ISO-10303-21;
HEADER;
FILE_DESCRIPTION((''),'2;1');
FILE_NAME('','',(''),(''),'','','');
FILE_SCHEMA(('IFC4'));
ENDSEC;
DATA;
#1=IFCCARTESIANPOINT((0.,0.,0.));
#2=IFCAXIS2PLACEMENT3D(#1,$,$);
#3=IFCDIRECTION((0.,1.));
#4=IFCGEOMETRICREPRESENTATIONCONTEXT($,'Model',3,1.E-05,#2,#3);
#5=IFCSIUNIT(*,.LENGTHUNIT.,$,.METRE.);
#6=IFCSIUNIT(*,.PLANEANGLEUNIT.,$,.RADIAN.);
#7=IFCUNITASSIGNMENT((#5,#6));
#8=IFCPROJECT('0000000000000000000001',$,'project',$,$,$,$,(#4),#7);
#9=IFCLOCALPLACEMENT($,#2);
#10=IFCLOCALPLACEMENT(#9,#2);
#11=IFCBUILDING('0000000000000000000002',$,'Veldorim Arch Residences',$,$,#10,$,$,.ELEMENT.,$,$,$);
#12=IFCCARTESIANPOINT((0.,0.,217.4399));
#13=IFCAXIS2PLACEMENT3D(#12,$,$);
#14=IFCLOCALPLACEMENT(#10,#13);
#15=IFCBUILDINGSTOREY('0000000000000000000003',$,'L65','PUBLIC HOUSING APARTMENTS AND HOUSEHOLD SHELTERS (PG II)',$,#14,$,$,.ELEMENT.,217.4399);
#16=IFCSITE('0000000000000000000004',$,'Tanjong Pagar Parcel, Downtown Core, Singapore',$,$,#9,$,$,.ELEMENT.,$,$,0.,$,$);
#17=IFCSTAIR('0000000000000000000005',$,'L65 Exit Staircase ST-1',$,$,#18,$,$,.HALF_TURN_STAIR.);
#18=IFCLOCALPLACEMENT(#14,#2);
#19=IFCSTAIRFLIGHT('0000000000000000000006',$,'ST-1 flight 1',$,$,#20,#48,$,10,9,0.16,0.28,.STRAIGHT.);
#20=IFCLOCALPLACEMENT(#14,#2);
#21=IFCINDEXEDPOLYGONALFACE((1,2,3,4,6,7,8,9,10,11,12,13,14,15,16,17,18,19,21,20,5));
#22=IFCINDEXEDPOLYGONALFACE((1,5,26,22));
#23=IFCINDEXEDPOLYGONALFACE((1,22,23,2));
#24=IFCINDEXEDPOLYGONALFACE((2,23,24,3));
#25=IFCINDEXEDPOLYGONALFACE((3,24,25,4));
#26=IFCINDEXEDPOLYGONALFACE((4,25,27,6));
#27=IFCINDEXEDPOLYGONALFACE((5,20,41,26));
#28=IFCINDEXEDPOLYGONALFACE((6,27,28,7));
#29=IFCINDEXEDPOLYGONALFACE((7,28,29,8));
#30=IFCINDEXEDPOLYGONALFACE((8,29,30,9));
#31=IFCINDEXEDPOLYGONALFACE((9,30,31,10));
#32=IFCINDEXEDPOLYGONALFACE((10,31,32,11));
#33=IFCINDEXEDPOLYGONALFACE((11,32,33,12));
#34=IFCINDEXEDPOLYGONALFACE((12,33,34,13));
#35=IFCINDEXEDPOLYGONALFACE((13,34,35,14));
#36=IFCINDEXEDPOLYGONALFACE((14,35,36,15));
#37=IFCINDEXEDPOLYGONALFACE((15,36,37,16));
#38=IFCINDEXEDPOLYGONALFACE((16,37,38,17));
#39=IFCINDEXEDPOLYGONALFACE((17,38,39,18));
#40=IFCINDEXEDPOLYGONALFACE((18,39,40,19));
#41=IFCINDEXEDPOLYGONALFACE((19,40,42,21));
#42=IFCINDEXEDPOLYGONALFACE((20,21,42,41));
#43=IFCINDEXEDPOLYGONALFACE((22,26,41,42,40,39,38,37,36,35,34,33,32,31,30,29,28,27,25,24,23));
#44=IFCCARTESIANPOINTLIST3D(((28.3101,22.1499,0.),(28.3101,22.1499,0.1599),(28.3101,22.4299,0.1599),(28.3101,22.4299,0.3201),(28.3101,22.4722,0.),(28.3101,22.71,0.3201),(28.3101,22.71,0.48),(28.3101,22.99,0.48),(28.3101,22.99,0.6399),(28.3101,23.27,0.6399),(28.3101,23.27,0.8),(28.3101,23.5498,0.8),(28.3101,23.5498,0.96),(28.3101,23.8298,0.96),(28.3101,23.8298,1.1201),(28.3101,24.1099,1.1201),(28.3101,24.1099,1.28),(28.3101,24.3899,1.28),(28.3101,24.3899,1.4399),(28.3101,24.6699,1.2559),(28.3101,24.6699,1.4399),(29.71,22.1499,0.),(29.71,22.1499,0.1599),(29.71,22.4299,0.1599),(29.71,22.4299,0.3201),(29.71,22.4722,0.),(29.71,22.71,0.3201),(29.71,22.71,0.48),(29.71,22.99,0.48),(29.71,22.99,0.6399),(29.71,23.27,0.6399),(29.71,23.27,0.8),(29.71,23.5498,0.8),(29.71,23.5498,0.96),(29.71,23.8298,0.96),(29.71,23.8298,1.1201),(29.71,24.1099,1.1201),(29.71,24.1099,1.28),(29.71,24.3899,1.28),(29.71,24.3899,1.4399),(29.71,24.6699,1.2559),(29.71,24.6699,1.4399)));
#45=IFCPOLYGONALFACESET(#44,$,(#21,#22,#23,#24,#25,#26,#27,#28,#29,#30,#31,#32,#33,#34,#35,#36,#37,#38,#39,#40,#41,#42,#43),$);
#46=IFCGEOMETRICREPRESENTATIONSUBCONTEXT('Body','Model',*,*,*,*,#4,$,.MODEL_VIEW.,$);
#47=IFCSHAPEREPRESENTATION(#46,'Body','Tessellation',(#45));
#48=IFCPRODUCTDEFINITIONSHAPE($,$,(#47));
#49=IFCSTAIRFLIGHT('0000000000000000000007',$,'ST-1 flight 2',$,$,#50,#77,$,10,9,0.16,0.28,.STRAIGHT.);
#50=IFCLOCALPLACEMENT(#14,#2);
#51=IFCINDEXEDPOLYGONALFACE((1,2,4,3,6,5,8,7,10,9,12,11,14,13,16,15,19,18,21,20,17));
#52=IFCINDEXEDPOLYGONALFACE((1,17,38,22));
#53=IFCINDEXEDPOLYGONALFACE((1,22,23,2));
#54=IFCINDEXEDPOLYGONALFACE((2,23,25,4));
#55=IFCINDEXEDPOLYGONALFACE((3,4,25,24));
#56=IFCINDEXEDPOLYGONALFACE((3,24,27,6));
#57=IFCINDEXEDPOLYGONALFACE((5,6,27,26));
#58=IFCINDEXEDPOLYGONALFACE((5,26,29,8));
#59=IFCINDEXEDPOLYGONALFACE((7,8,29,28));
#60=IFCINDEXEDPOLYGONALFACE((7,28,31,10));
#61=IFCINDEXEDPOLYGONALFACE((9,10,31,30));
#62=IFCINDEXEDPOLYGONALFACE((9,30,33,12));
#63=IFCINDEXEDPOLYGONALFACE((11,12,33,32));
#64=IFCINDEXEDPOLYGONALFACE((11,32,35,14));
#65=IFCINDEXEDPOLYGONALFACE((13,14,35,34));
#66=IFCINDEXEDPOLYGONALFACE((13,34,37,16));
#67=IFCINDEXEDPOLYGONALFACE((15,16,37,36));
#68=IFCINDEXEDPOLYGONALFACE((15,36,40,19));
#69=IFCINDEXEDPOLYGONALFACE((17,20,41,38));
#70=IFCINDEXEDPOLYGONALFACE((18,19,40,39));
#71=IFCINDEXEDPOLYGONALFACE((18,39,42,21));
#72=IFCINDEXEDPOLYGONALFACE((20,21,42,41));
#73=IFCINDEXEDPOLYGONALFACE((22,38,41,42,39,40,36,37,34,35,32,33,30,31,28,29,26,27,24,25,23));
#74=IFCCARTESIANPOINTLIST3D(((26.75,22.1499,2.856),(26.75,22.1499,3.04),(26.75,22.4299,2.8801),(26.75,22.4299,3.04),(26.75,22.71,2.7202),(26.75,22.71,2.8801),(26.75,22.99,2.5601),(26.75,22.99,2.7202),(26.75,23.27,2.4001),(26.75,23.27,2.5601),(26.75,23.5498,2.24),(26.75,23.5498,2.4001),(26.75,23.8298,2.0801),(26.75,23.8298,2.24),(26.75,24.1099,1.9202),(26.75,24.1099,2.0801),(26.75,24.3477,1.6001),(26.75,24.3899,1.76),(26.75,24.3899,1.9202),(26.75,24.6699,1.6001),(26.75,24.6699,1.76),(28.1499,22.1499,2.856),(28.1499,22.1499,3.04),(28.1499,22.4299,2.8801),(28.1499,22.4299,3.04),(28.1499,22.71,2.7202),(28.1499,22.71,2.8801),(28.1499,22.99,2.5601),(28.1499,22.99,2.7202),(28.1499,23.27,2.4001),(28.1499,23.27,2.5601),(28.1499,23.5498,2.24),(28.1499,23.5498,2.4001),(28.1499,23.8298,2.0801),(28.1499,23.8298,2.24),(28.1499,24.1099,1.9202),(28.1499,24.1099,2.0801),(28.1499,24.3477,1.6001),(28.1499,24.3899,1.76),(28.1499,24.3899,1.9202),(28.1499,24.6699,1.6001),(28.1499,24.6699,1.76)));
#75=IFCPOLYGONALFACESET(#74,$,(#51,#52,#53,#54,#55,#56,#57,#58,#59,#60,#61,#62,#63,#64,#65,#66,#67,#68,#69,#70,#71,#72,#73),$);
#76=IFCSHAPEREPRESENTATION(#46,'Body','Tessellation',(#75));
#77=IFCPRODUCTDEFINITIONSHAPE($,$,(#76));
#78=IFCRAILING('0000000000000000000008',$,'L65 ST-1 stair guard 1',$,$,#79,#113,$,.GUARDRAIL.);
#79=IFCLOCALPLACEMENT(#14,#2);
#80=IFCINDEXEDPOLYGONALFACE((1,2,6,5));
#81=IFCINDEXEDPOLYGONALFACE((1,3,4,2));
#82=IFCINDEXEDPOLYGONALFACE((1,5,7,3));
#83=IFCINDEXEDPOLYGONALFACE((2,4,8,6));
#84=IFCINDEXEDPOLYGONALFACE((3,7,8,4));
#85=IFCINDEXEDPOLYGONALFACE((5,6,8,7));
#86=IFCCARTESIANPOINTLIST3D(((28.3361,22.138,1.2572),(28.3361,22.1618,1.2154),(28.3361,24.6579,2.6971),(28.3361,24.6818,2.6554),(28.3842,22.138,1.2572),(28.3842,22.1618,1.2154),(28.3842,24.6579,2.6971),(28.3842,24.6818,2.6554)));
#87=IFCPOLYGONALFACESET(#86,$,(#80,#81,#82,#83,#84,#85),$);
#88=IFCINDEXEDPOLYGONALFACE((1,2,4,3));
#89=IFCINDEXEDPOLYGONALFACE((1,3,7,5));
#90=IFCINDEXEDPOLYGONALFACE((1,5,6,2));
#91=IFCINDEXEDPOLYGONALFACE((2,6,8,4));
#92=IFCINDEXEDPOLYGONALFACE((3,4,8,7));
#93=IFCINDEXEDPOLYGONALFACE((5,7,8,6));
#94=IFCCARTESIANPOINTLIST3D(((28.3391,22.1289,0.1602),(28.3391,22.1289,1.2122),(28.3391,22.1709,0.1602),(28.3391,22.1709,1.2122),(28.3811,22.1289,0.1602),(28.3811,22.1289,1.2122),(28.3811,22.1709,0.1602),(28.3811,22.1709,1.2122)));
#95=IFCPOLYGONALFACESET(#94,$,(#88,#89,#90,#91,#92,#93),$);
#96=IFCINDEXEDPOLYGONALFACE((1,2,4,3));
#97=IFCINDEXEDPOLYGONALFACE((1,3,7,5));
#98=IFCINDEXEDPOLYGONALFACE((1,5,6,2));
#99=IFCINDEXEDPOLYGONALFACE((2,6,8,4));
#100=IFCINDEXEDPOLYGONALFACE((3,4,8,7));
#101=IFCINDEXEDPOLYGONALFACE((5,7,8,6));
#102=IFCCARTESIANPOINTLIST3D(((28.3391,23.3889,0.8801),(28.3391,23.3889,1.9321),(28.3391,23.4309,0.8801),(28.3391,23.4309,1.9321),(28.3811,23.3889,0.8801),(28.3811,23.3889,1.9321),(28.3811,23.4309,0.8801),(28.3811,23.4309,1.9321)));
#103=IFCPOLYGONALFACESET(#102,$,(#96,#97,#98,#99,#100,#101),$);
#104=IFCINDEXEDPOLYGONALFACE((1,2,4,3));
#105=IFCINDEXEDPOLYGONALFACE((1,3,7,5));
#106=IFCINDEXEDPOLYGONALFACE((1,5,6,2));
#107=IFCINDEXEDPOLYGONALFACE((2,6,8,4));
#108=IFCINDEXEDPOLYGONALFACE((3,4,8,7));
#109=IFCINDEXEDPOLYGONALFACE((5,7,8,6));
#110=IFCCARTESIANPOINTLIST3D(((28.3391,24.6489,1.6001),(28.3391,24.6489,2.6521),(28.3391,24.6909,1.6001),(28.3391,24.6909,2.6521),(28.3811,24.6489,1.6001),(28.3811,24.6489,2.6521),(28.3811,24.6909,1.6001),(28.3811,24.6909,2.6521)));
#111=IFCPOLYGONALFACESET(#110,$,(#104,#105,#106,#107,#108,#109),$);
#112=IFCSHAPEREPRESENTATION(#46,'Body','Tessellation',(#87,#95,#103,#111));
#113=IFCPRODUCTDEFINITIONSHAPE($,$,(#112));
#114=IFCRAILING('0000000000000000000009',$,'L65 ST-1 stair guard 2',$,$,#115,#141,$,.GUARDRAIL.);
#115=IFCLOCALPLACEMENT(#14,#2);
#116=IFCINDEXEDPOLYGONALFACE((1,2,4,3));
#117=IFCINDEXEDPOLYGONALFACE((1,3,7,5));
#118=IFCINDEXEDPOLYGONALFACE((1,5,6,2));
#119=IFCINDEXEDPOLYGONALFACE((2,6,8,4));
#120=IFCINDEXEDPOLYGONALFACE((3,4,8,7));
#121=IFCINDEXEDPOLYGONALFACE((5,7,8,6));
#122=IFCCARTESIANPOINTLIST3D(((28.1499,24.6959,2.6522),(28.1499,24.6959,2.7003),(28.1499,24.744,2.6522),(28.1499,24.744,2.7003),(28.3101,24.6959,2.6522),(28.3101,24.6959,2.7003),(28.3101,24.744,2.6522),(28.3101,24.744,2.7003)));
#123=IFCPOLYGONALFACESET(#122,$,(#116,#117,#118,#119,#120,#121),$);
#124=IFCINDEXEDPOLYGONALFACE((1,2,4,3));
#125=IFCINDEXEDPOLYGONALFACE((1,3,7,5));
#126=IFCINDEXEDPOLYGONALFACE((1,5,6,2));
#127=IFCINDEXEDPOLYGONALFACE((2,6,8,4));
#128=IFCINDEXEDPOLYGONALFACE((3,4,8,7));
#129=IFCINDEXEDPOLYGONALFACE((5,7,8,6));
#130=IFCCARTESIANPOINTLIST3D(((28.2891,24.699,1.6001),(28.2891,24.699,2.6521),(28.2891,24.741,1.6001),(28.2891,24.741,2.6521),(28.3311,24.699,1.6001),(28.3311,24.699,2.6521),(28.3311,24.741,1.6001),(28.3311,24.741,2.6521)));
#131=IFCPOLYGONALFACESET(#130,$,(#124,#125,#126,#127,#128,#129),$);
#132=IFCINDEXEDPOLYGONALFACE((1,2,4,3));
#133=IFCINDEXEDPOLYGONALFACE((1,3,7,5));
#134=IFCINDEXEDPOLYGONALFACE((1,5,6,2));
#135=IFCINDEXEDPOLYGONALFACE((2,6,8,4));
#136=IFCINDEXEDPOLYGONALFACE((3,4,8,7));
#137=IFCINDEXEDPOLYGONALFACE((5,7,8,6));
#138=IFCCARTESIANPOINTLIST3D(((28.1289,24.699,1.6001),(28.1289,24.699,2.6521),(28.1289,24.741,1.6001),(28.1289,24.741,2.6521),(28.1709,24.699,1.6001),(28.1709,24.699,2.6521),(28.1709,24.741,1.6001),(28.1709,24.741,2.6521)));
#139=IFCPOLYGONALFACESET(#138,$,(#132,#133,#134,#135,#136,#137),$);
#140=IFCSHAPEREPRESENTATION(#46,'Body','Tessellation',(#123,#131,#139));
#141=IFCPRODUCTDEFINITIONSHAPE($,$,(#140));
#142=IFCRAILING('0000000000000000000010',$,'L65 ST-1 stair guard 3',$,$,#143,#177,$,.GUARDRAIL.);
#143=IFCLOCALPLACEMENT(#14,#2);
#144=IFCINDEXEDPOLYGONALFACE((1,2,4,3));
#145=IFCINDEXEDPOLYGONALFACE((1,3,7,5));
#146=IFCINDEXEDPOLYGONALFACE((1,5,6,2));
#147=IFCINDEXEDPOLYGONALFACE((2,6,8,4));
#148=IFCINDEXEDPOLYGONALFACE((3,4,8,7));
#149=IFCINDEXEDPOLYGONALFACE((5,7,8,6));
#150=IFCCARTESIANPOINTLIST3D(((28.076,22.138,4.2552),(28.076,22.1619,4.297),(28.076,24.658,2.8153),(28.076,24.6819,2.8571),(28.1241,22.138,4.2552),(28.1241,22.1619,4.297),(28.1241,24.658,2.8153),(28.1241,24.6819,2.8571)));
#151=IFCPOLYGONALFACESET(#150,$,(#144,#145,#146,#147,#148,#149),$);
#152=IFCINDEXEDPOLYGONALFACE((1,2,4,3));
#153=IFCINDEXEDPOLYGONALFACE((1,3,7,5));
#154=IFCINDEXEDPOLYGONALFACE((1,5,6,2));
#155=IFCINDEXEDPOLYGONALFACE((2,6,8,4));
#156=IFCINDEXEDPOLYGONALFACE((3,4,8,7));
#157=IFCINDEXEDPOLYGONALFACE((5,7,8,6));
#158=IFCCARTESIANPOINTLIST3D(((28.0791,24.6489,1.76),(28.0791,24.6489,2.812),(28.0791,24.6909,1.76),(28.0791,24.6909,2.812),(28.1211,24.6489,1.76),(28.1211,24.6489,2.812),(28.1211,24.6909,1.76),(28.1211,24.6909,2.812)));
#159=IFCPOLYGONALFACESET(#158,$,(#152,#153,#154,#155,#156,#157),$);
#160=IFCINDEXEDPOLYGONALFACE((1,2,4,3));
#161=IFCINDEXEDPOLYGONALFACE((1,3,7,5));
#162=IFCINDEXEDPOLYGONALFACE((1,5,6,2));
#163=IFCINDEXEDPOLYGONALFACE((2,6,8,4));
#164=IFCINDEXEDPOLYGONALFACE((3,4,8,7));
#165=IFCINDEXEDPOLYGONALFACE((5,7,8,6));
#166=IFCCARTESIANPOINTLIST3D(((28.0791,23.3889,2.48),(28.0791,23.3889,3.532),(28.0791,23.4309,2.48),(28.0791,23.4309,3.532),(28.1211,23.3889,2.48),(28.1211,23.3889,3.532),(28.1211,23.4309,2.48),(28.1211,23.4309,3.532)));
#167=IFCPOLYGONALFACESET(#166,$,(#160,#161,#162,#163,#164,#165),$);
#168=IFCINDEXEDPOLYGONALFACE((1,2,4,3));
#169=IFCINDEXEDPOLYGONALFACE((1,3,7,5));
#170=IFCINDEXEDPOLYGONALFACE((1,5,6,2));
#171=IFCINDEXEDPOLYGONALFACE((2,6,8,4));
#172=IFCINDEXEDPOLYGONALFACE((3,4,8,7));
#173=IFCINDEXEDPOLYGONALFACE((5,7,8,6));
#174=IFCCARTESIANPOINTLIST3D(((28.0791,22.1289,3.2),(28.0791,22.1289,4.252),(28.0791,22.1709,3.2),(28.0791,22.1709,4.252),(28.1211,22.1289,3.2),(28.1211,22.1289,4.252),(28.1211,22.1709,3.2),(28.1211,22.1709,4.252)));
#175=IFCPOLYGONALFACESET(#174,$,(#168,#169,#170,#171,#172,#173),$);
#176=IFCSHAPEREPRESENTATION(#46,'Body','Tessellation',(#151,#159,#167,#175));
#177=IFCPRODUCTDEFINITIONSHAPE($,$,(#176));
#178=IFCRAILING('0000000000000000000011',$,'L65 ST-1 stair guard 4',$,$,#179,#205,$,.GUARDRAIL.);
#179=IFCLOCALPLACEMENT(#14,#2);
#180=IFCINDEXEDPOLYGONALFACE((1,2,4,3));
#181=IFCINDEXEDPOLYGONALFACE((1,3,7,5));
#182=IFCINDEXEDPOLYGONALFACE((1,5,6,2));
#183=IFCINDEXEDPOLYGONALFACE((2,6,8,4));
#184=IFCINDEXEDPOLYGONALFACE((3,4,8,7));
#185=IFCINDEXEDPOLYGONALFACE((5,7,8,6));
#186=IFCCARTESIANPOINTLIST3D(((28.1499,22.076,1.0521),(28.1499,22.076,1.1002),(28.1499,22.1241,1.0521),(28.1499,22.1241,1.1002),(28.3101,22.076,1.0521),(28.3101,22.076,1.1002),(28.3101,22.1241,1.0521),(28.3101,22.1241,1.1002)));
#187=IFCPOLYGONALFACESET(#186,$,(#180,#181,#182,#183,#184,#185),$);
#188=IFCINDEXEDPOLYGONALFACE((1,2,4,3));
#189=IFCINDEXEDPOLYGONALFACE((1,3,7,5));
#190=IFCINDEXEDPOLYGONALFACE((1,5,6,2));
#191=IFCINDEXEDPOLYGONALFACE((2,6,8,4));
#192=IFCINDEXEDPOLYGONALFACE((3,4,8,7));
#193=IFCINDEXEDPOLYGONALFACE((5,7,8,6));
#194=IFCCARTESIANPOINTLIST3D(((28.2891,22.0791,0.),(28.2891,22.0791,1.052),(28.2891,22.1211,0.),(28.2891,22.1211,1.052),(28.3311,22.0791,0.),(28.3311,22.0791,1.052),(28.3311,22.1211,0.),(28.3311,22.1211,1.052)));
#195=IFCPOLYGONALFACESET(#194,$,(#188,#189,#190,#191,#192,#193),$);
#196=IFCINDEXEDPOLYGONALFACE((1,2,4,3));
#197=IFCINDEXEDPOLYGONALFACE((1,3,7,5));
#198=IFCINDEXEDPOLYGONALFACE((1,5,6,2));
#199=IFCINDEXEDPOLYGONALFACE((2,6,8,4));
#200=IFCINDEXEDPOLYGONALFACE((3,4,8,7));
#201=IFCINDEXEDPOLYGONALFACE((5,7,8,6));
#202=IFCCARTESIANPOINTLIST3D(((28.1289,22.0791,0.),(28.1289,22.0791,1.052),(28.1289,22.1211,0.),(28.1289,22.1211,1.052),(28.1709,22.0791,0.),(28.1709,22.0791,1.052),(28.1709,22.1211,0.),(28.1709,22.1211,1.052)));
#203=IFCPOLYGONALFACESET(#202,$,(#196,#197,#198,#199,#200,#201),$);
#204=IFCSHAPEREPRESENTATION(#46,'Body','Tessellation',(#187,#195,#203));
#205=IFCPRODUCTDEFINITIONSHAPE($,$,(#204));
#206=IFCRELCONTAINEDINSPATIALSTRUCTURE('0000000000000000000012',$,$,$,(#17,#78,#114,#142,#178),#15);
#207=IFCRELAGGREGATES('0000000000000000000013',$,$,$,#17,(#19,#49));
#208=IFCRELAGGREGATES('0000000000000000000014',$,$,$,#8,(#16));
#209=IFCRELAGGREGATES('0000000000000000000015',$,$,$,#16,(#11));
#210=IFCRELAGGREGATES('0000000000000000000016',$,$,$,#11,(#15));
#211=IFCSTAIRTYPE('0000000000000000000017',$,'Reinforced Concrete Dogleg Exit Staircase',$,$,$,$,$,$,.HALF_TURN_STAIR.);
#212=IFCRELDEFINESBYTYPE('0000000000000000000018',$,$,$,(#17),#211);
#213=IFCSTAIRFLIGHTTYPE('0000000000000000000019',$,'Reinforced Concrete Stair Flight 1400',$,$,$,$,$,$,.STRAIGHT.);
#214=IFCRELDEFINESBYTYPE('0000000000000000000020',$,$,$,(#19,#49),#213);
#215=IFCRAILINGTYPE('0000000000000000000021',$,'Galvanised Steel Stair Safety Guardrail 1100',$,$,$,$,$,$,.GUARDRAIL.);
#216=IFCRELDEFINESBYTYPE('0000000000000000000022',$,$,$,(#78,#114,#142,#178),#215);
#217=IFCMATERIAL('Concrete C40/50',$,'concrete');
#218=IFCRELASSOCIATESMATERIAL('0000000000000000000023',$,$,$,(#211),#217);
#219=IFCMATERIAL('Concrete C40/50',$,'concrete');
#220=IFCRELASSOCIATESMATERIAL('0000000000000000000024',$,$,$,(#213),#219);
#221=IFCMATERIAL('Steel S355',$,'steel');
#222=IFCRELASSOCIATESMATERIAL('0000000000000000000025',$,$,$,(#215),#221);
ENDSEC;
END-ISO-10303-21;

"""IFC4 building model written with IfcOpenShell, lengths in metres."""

from ifc_helpers import new_model, si_unit, direction, frame, origin, origin_2d, place, context, subcontext, project, spatial, polyline, rectangle, outline, extrude, material, type_object, element, aggregate, save


model = new_model("IFC4")

# Units and contexts
model_context = context("Model", 3, precision=1e-05, world=origin(), true_north=direction((0.0, 1.0)))
body_context = subcontext(model_context, "Body", "Model", "MODEL_VIEW")
ifc_project = project(units=[si_unit("LENGTHUNIT", "METRE"), si_unit("PLANEANGLEUNIT", "RADIAN")], contexts=[model_context])

# Site, building, storey
site_placement = place(None, origin())
site = spatial("IfcSite", under=ifc_project, at=site_placement, Name="Tanjong Pagar Parcel, Downtown Core, Singapore", CompositionType="ELEMENT", RefElevation=0.0)
building_placement = place(site_placement, origin())
building = spatial("IfcBuilding", under=site, at=building_placement, Name="Veldorim Arch Residences", CompositionType="ELEMENT")
storey_placement = place(building_placement, frame((0.0, 0.0, 217.4399)))
storey = spatial("IfcBuildingStorey", under=building, at=storey_placement, Name="L65", Description="PUBLIC HOUSING APARTMENTS AND HOUSEHOLD SHELTERS (PG II)", CompositionType="ELEMENT", Elevation=217.4399)

# Stair, stair flights
ifc_material_1 = material(Name="Concrete C40/50", Category="concrete")
stair_type = type_object("IfcStairType", Name="Reinforced Concrete Dogleg Exit Staircase", PredefinedType="HALF_TURN_STAIR", material=ifc_material_1)
stair_placement = place(storey_placement, origin())
stair = element("IfcStair", 1, at=stair_placement, inside=storey, type_object=stair_type, Name="L65 Exit Staircase ST-1", PredefinedType="HALF_TURN_STAIR")
ifc_material_2 = material(Name="Concrete C40/50", Category="concrete")
stair_flight_type = type_object("IfcStairFlightType", Name="Reinforced Concrete Stair Flight 1400", PredefinedType="STRAIGHT", material=ifc_material_2)
stair_flight_1_placement = place(storey_placement, frame((29.01, 22.1499, 0.0), z_axis=(0.0, 0.0, 1.0), x_axis=(0.0, 1.0, 0.0)))
stair_flight_1 = element("IfcStairFlight", 2, at=stair_flight_1_placement, type_object=stair_flight_type, Name="ST-1 flight 1", NumberOfRisers=10, NumberOfTreads=9, PredefinedType="STRAIGHT", RiserHeight=0.16, TreadLength=0.28, context=body_context, shape_type="SweptSolid", body=[
    extrude(outline(polyline([(0.0, 0.0), (0.0, 0.1599), (0.28, 0.1599), (0.28, 0.3201), (0.5601, 0.3201), (0.5601, 0.48), (0.8401, 0.48), (0.8401, 0.6399), (1.1201, 0.6399), (1.1201, 0.8), (1.3999, 0.8), (1.3999, 0.96), (1.6799, 0.96), (1.6799, 1.1201), (1.96, 1.1201), (1.96, 1.28), (2.24, 1.28), (2.24, 1.4399), (2.52, 1.4399), (2.52, 1.6001), (2.52, 1.2559), (0.3223, 0.0), (0.0, 0.0)])), frame((0.0, 0.7, 0.0), z_axis=(0.0, -1.0, 0.0), x_axis=(1.0, 0.0, 0.0)), (0.0, 0.0, 1.0), 1.3999),
])
stair_flight_2_placement = place(storey_placement, frame((27.45, 24.6699, 1.6001), z_axis=(0.0, 0.0, 1.0), x_axis=(0.0, -1.0, 0.0)))
stair_flight_2 = element("IfcStairFlight", 3, at=stair_flight_2_placement, type_object=stair_flight_type, Name="ST-1 flight 2", NumberOfRisers=10, NumberOfTreads=9, PredefinedType="STRAIGHT", RiserHeight=0.16, TreadLength=0.28, context=body_context, shape_type="SweptSolid", body=[
    extrude(outline(polyline([(0.0, 0.0), (0.0, 0.1599), (0.28, 0.1599), (0.28, 0.3201), (0.5601, 0.3201), (0.5601, 0.48), (0.8401, 0.48), (0.8401, 0.6399), (1.1201, 0.6399), (1.1201, 0.8), (1.3999, 0.8), (1.3999, 0.96), (1.6799, 0.96), (1.6799, 1.1201), (1.96, 1.1201), (1.96, 1.28), (2.24, 1.28), (2.24, 1.4399), (2.52, 1.4399), (2.52, 1.6001), (2.52, 1.2559), (0.3223, 0.0), (0.0, 0.0)])), frame((0.0, 0.7, 0.0), z_axis=(0.0, -1.0, 0.0), x_axis=(1.0, 0.0, 0.0)), (0.0, 0.0, 1.0), 1.3999),
])
aggregate(stair, [stair_flight_1, stair_flight_2])

# Railings
ifc_material_3 = material(Name="Steel S355", Category="steel")
railing_type_1 = type_object("IfcRailingType", Name="Galvanised Steel Stair Safety Guardrail 1100", PredefinedType="GUARDRAIL", material=ifc_material_3)
railing_1_placement = place(storey_placement, frame((28.3601, 22.1499, 0.1602)))
element("IfcRailing", 4, at=railing_1_placement, inside=storey, type_object=railing_type_1, Name="L65 ST-1 stair guard 1", PredefinedType="GUARDRAIL", context=body_context, shape_type="SweptSolid", body=[
    extrude(rectangle(XDim=0.0481, YDim=0.0481, at=origin_2d()), frame((0.0, 0.0, 1.0762), z_axis=(0.0, 0.868253, 0.496121), x_axis=(-1.0, 0.0, 0.0)), (0.0, 0.0, 1.0), 2.9023),
    extrude(rectangle(XDim=0.042, YDim=0.042, at=origin_2d()), origin(), (0.0, 0.0, 1.0), 1.052),
    extrude(rectangle(XDim=0.042, YDim=0.042, at=origin_2d()), frame((0.0, 1.26, 0.72)), (0.0, 0.0, 1.0), 1.052),
    extrude(rectangle(XDim=0.042, YDim=0.042, at=origin_2d()), frame((0.0, 2.52, 1.4399)), (0.0, 0.0, 1.0), 1.052),
])
railing_2_placement = place(storey_placement, frame((28.3101, 24.72, 1.6001)))
element("IfcRailing", 5, at=railing_2_placement, inside=storey, type_object=railing_type_1, Name="L65 ST-1 stair guard 2", PredefinedType="GUARDRAIL", context=body_context, shape_type="SweptSolid", body=[
    extrude(rectangle(XDim=0.0481, YDim=0.0481, at=origin_2d()), frame((0.0, 0.0, 1.0762), z_axis=(-1.0, 0.0, 0.0), x_axis=(0.0, -1.0, 0.0)), (0.0, 0.0, 1.0), 0.1602),
    extrude(rectangle(XDim=0.042, YDim=0.042, at=origin_2d()), origin(), (0.0, 0.0, 1.0), 1.052),
    extrude(rectangle(XDim=0.042, YDim=0.042, at=origin_2d()), frame((-0.1602, 0.0, 0.0)), (0.0, 0.0, 1.0), 1.052),
])
railing_3_placement = place(storey_placement, frame((28.1001, 24.6699, 1.76)))
element("IfcRailing", 6, at=railing_3_placement, inside=storey, type_object=railing_type_1, Name="L65 ST-1 stair guard 3", PredefinedType="GUARDRAIL", context=body_context, shape_type="SweptSolid", body=[
    extrude(rectangle(XDim=0.0481, YDim=0.0481, at=origin_2d()), frame((0.0, 0.0, 1.0762), z_axis=(0.0, -0.868253, 0.496121), x_axis=(1.0, 0.0, 0.0)), (0.0, 0.0, 1.0), 2.9023),
    extrude(rectangle(XDim=0.042, YDim=0.042, at=origin_2d()), origin(), (0.0, 0.0, 1.0), 1.052),
    extrude(rectangle(XDim=0.042, YDim=0.042, at=origin_2d()), frame((0.0, -1.26, 0.72)), (0.0, 0.0, 1.0), 1.052),
    extrude(rectangle(XDim=0.042, YDim=0.042, at=origin_2d()), frame((0.0, -2.52, 1.4399)), (0.0, 0.0, 1.0), 1.052),
])
railing_4_placement = place(storey_placement, frame((28.3101, 22.1001, 0.0)))
element("IfcRailing", 7, at=railing_4_placement, inside=storey, type_object=railing_type_1, Name="L65 ST-1 stair guard 4", PredefinedType="GUARDRAIL", context=body_context, shape_type="SweptSolid", body=[
    extrude(rectangle(XDim=0.0481, YDim=0.0481, at=origin_2d()), frame((0.0, 0.0, 1.0762), z_axis=(-1.0, 0.0, 0.0), x_axis=(0.0, -1.0, 0.0)), (0.0, 0.0, 1.0), 0.1602),
    extrude(rectangle(XDim=0.042, YDim=0.042, at=origin_2d()), origin(), (0.0, 0.0, 1.0), 1.052),
    extrude(rectangle(XDim=0.042, YDim=0.042, at=origin_2d()), frame((-0.1602, 0.0, 0.0)), (0.0, 0.0, 1.0), 1.052),
])

save(model, "model.ifc")
